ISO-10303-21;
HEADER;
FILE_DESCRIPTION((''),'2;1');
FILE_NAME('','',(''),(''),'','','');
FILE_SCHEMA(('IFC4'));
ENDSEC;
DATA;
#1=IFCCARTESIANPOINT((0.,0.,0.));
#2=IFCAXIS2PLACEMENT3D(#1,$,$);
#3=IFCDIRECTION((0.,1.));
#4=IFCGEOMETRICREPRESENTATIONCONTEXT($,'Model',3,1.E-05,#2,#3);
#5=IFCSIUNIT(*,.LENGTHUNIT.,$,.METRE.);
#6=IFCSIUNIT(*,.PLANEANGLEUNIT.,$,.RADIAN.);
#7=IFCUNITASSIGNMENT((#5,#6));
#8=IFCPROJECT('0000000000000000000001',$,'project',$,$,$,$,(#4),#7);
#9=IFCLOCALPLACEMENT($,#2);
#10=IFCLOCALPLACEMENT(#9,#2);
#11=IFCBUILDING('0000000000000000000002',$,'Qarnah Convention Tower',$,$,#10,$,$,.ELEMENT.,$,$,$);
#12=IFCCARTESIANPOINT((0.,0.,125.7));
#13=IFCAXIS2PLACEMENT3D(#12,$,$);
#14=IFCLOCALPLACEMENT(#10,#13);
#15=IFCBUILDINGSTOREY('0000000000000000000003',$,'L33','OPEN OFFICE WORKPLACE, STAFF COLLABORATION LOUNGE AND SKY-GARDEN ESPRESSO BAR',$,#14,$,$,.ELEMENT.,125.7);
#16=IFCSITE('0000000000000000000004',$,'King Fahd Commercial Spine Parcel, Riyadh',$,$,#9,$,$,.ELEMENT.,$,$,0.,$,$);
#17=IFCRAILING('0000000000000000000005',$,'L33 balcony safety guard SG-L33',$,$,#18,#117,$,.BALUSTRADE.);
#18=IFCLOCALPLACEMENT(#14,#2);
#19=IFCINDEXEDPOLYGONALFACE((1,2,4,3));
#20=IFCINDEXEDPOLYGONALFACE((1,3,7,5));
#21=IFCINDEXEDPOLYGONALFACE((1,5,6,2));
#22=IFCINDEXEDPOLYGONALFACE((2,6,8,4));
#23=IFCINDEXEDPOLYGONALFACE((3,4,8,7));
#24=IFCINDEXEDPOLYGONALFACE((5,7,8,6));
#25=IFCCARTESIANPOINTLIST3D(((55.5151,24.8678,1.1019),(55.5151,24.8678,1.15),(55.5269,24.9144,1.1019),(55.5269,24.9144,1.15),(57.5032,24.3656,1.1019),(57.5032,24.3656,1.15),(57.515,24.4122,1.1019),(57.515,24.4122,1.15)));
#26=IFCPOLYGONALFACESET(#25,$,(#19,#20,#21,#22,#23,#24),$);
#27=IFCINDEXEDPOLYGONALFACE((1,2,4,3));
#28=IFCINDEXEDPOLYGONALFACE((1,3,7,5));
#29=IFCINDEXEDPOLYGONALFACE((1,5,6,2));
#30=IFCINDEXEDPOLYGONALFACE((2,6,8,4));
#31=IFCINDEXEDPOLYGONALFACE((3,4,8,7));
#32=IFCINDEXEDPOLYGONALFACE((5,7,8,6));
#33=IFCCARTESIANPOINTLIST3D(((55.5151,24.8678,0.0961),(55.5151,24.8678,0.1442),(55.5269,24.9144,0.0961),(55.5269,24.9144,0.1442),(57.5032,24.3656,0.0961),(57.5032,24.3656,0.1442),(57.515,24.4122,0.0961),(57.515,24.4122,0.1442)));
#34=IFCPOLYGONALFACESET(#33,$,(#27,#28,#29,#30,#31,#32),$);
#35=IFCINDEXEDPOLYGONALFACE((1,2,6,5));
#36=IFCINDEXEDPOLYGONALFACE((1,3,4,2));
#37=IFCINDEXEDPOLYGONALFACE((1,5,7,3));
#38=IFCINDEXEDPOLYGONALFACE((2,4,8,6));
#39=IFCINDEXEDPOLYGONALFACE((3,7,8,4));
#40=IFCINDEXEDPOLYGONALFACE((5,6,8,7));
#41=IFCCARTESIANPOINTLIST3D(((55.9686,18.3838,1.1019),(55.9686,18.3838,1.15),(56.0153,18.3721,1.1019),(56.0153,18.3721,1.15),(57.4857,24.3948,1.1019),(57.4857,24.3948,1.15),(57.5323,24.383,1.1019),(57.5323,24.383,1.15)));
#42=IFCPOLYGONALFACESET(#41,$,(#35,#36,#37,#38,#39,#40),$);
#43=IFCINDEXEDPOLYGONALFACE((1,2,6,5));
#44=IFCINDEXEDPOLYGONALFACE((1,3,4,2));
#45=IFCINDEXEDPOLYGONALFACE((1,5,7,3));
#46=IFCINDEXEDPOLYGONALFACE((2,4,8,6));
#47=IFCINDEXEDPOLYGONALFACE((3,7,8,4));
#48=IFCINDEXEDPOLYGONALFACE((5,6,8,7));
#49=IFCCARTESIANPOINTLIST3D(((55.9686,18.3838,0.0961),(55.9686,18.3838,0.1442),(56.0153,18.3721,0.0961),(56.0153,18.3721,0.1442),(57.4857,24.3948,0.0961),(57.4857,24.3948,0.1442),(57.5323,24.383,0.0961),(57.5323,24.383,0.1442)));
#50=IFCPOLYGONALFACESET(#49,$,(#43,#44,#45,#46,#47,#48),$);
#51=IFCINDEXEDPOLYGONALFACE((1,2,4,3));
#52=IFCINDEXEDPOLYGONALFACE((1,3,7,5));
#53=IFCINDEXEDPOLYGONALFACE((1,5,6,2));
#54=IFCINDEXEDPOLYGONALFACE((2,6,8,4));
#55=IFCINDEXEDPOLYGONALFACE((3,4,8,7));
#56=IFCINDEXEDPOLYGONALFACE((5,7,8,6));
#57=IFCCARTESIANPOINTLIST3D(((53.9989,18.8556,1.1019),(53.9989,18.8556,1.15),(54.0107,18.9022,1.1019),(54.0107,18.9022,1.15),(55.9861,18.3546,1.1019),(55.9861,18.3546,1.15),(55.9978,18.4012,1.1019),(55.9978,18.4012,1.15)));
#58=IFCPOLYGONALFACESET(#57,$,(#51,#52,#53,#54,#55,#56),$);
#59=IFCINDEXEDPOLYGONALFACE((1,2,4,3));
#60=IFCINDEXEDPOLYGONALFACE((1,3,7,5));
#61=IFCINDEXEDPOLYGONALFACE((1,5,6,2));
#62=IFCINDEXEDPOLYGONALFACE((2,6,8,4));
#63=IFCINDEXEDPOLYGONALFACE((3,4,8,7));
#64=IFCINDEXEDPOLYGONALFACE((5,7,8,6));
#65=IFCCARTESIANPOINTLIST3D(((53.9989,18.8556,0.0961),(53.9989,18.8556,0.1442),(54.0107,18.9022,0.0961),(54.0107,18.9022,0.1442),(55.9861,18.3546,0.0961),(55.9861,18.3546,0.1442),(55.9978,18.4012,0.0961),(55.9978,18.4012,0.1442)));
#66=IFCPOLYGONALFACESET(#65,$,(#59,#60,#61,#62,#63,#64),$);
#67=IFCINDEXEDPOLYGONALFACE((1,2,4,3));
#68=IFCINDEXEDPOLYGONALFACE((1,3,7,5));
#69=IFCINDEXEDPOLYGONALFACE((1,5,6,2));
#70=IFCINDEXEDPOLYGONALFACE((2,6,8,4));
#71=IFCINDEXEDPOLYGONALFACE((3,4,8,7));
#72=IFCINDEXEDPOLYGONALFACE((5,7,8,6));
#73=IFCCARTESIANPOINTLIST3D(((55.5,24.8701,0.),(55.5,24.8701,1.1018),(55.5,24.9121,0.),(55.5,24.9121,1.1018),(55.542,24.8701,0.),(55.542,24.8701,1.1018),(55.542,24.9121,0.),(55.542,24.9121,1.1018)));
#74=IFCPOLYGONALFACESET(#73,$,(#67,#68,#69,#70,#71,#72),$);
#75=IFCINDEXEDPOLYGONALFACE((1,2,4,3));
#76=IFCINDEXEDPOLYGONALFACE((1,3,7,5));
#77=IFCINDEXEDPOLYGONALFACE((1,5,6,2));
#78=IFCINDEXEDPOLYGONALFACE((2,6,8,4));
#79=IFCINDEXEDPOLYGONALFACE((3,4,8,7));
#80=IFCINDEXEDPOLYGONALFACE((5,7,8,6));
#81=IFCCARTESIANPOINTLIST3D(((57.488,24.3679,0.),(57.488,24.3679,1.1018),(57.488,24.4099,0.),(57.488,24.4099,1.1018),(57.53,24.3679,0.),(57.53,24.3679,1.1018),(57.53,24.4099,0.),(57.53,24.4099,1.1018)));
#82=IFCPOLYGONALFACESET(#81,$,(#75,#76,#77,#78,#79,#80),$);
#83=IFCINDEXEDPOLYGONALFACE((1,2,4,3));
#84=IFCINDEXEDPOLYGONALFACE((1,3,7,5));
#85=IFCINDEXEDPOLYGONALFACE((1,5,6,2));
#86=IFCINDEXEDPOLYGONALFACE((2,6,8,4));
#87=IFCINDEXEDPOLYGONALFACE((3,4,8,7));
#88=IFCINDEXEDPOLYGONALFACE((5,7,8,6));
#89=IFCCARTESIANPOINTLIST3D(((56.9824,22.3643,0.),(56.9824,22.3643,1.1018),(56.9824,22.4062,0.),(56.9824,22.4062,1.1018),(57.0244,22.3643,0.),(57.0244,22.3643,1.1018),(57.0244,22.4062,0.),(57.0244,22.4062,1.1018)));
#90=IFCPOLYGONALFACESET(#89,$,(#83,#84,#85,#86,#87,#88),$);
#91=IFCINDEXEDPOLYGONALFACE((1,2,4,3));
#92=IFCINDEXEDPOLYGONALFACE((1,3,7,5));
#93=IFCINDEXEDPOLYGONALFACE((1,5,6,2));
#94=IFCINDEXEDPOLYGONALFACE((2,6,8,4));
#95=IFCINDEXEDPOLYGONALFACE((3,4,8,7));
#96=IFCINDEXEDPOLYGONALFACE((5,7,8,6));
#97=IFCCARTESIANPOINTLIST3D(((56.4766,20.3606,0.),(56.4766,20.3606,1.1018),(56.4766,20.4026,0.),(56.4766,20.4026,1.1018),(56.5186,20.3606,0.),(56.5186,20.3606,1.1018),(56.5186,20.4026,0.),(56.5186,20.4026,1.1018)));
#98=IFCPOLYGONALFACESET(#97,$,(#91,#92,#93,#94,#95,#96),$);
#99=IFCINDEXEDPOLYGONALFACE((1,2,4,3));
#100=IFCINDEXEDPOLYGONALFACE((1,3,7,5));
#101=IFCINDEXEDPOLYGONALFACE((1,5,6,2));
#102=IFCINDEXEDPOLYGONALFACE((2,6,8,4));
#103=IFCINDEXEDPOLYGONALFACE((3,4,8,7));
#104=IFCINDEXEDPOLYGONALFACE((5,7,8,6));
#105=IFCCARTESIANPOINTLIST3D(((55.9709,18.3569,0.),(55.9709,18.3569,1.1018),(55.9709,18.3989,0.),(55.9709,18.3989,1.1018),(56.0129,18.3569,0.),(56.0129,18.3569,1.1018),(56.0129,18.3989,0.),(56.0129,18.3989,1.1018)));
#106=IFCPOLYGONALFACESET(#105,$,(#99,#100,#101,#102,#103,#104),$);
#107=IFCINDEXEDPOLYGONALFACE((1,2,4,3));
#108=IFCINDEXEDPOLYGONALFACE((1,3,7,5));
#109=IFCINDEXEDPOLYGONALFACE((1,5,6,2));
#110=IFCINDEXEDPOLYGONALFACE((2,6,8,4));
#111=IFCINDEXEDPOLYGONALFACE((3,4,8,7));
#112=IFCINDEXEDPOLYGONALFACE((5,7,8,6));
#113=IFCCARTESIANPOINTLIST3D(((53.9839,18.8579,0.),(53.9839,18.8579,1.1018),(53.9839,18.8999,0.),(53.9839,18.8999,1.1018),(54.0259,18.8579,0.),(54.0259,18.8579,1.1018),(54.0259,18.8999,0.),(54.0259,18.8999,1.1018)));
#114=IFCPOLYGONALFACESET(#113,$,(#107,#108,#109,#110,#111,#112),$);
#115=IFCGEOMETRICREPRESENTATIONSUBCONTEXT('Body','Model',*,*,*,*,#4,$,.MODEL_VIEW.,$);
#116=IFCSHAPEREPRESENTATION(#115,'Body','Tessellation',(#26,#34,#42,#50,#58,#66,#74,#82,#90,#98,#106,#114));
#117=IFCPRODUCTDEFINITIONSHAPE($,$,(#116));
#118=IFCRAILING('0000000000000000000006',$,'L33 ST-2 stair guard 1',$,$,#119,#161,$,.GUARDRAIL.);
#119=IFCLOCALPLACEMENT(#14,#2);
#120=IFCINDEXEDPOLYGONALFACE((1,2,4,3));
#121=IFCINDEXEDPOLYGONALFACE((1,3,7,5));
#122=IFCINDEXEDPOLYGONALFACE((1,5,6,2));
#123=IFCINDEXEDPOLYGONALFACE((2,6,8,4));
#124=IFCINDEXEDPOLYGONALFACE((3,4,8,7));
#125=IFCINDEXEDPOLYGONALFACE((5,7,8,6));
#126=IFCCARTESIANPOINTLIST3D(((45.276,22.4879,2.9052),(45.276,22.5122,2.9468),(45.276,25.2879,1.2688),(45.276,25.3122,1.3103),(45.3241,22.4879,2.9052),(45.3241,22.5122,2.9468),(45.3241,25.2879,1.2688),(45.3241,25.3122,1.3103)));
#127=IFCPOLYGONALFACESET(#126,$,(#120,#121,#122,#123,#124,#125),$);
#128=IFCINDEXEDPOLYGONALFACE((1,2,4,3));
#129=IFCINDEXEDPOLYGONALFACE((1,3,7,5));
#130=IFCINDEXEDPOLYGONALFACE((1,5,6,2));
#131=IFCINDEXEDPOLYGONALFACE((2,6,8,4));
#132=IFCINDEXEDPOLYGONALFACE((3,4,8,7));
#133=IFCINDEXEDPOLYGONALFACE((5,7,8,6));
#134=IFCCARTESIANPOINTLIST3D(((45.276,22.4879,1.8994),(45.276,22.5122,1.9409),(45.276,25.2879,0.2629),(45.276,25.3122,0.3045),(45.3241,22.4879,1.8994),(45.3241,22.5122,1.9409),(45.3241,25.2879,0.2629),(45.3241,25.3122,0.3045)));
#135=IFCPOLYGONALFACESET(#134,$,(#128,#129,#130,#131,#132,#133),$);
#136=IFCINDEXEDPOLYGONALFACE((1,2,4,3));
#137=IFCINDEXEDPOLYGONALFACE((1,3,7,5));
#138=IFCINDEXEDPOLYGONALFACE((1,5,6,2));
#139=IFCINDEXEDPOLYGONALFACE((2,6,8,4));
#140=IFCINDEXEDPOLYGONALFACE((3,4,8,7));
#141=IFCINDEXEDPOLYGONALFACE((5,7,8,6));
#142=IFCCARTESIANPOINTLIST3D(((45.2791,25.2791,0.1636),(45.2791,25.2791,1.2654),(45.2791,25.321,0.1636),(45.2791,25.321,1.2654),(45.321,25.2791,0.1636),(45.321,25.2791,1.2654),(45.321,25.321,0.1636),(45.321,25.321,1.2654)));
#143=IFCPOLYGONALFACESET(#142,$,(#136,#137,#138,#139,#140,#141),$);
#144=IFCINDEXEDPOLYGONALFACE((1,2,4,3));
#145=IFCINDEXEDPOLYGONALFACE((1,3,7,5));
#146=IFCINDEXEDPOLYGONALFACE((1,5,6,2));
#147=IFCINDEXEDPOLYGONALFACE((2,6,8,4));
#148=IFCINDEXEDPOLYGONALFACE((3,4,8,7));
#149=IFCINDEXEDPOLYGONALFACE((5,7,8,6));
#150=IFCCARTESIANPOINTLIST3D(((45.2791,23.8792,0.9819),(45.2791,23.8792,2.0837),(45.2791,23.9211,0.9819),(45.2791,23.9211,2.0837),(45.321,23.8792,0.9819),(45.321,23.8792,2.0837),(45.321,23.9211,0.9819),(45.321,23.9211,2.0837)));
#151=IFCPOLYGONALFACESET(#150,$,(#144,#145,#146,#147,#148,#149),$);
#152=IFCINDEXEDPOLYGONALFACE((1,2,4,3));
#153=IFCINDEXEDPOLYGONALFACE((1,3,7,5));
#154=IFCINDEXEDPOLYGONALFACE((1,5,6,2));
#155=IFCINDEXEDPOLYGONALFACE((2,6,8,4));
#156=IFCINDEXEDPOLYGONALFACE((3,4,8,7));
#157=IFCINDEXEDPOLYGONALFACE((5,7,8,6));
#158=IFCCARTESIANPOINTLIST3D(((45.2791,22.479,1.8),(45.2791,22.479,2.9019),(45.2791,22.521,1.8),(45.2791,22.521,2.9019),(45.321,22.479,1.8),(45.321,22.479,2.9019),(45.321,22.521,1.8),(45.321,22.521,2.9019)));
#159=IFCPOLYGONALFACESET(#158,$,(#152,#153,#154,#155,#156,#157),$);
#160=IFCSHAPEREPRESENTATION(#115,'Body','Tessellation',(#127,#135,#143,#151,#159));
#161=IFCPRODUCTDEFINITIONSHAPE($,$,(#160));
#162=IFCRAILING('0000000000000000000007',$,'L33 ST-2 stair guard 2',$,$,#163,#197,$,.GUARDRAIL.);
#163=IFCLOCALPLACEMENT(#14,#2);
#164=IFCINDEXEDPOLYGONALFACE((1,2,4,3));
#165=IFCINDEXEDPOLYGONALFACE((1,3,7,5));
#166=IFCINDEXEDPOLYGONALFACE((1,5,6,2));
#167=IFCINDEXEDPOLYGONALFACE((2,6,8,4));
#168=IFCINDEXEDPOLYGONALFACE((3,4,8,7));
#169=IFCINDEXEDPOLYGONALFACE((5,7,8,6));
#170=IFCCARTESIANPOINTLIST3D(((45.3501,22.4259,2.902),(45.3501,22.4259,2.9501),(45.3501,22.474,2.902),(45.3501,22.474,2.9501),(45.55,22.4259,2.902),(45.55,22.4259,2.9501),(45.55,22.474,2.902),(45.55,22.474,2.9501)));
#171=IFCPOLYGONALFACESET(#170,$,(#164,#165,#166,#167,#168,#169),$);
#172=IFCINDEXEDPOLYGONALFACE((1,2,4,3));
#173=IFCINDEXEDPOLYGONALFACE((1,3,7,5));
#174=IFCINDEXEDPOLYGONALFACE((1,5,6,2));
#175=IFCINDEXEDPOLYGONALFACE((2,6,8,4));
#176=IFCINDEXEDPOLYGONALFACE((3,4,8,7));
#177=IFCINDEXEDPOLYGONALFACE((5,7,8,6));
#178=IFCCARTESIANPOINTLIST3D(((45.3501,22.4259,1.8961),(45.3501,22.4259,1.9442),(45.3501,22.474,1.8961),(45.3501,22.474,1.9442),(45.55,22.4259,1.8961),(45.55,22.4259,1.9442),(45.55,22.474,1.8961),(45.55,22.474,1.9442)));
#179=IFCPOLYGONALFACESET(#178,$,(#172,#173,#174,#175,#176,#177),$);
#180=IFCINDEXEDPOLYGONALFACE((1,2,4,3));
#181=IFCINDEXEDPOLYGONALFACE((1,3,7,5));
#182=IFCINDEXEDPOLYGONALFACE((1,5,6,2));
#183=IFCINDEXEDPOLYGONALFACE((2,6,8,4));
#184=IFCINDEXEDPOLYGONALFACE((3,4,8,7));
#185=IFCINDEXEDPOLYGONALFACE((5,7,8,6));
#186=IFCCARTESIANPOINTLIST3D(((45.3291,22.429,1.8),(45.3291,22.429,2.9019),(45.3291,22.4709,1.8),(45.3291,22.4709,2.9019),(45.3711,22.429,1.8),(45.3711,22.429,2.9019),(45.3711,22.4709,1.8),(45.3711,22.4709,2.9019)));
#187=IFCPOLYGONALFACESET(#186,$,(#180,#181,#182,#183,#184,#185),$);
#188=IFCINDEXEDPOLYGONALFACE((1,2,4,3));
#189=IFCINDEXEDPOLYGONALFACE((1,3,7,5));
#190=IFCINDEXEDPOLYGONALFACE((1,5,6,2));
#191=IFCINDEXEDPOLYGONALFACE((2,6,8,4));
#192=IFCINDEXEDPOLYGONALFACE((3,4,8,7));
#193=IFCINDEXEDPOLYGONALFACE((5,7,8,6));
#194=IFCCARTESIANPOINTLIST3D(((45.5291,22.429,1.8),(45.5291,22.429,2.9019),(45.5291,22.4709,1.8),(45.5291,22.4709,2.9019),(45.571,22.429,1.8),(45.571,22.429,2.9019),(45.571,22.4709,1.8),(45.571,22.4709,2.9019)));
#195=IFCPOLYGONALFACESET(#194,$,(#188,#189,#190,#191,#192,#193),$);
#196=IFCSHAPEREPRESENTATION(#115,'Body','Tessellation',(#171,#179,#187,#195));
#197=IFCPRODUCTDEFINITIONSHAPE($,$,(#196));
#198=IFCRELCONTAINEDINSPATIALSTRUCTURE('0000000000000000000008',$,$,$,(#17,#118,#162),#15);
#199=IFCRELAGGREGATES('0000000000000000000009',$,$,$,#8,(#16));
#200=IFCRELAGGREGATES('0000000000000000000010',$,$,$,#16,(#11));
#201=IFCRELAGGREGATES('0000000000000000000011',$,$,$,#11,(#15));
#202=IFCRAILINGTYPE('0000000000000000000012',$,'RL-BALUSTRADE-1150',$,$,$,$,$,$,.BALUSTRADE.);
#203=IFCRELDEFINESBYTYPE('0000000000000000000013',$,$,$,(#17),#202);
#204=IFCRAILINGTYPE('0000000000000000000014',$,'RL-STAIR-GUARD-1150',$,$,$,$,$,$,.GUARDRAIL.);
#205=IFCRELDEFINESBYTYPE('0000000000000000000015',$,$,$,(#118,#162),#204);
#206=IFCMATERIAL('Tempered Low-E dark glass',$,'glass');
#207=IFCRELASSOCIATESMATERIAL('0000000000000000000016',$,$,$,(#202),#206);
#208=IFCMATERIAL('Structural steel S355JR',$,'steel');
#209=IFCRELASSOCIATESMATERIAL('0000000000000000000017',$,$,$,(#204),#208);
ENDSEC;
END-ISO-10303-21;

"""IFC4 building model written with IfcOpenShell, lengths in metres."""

from ifc_helpers import new_model, si_unit, direction, frame, origin, origin_2d, place, context, subcontext, project, spatial, rectangle, extrude, material, type_object, element, save


model = new_model("IFC4")

# Units and contexts
model_context = context("Model", 3, precision=1e-05, world=origin(), true_north=direction((0.0, 1.0)))
body_context = subcontext(model_context, "Body", "Model", "MODEL_VIEW")
ifc_project = project(units=[si_unit("LENGTHUNIT", "METRE"), si_unit("PLANEANGLEUNIT", "RADIAN")], contexts=[model_context])

# Site, building, storey
site_placement = place(None, origin())
site = spatial("IfcSite", under=ifc_project, at=site_placement, Name="King Fahd Commercial Spine Parcel, Riyadh", CompositionType="ELEMENT", RefElevation=0.0)
building_placement = place(site_placement, origin())
building = spatial("IfcBuilding", under=site, at=building_placement, Name="Qarnah Convention Tower", CompositionType="ELEMENT")
storey_placement = place(building_placement, frame((0.0, 0.0, 125.7)))
storey = spatial("IfcBuildingStorey", under=building, at=storey_placement, Name="L33", Description="OPEN OFFICE WORKPLACE, STAFF COLLABORATION LOUNGE AND SKY-GARDEN ESPRESSO BAR", CompositionType="ELEMENT", Elevation=125.7)

# Shared definitions
ifc_material_1 = material(Name="Structural steel S355JR", Category="steel")

# Shared definitions
ifc_material_2 = material(Name="Tempered Low-E dark glass", Category="glass")

# Railings
railing_type_1 = type_object("IfcRailingType", Name="RL-BALUSTRADE-1150", PredefinedType="BALUSTRADE", material=ifc_material_2)
railing_1_placement = place(storey_placement, frame((55.521, 24.8911, 0.0)))
element("IfcRailing", 1, at=railing_1_placement, inside=storey, type_object=railing_type_1, Name="L33 balcony safety guard SG-L33", PredefinedType="BALUSTRADE", context=body_context, shape_type="SweptSolid", body=[
    extrude(rectangle(XDim=0.0481, YDim=0.0481, at=origin_2d()), frame((0.0, 0.0, 1.126), z_axis=(0.969544, -0.244916, 0.0), x_axis=(0.244916, 0.969544, 0.0)), (0.0, 0.0, 1.0), 2.0505),
    extrude(rectangle(XDim=0.0481, YDim=0.0481, at=origin_2d()), frame((0.0, 0.0, 0.1201), z_axis=(0.969544, -0.244916, 0.0), x_axis=(0.244916, 0.969544, 0.0)), (0.0, 0.0, 1.0), 2.0505),
    extrude(rectangle(XDim=0.0481, YDim=0.0481, at=origin_2d()), frame((1.988, -0.5022, 1.126), z_axis=(-0.244713, -0.969596, 0.0), x_axis=(0.969596, -0.244713, 0.0)), (0.0, 0.0, 1.0), 6.1995),
    extrude(rectangle(XDim=0.0481, YDim=0.0481, at=origin_2d()), frame((1.988, -0.5022, 0.1201), z_axis=(-0.244713, -0.969596, 0.0), x_axis=(0.969596, -0.244713, 0.0)), (0.0, 0.0, 1.0), 6.1995),
    extrude(rectangle(XDim=0.0481, YDim=0.0481, at=origin_2d()), frame((0.4709, -6.5132, 1.126), z_axis=(-0.969657, 0.244469, 0.0), x_axis=(-0.244469, -0.969657, 0.0)), (0.0, 0.0, 1.0), 2.0493),
    extrude(rectangle(XDim=0.0481, YDim=0.0481, at=origin_2d()), frame((0.4709, -6.5132, 0.1201), z_axis=(-0.969657, 0.244469, 0.0), x_axis=(-0.244469, -0.969657, 0.0)), (0.0, 0.0, 1.0), 2.0493),
    extrude(rectangle(XDim=0.042, YDim=0.042, at=origin_2d()), origin(), (0.0, 0.0, 1.0), 1.1018),
    extrude(rectangle(XDim=0.042, YDim=0.042, at=origin_2d()), frame((1.988, -0.5022, 0.0)), (0.0, 0.0, 1.0), 1.1018),
    extrude(rectangle(XDim=0.042, YDim=0.042, at=origin_2d()), frame((1.4824, -2.5059, 0.0)), (0.0, 0.0, 1.0), 1.1018),
    extrude(rectangle(XDim=0.042, YDim=0.042, at=origin_2d()), frame((0.9766, -4.5095, 0.0)), (0.0, 0.0, 1.0), 1.1018),
    extrude(rectangle(XDim=0.042, YDim=0.042, at=origin_2d()), frame((0.4709, -6.5132, 0.0)), (0.0, 0.0, 1.0), 1.1018),
    extrude(rectangle(XDim=0.042, YDim=0.042, at=origin_2d()), frame((-1.5161, -6.0122, 0.0)), (0.0, 0.0, 1.0), 1.1018),
])
railing_type_2 = type_object("IfcRailingType", Name="RL-STAIR-GUARD-1150", PredefinedType="GUARDRAIL", material=ifc_material_1)
railing_2_placement = place(storey_placement, frame((45.3, 25.3, 0.1636)))
element("IfcRailing", 2, at=railing_2_placement, inside=storey, type_object=railing_type_2, Name="L33 ST-2 stair guard 1", PredefinedType="GUARDRAIL", context=body_context, shape_type="SweptSolid", body=[
    extrude(rectangle(XDim=0.0481, YDim=0.0481, at=origin_2d()), frame((0.0, 0.0, 1.126), z_axis=(0.0, -0.863361, 0.504587), x_axis=(1.0, 0.0, 0.0)), (0.0, 0.0, 1.0), 3.2432),
    extrude(rectangle(XDim=0.0481, YDim=0.0481, at=origin_2d()), frame((0.0, 0.0, 0.1201), z_axis=(0.0, -0.863361, 0.504587), x_axis=(1.0, 0.0, 0.0)), (0.0, 0.0, 1.0), 3.2432),
    extrude(rectangle(XDim=0.042, YDim=0.042, at=origin_2d()), origin(), (0.0, 0.0, 1.0), 1.1018),
    extrude(rectangle(XDim=0.042, YDim=0.042, at=origin_2d()), frame((0.0, -1.3999, 0.8184)), (0.0, 0.0, 1.0), 1.1018),
    extrude(rectangle(XDim=0.042, YDim=0.042, at=origin_2d()), frame((0.0, -2.8, 1.6365)), (0.0, 0.0, 1.0), 1.1018),
])
railing_3_placement = place(storey_placement, frame((45.3501, 22.45, 1.8)))
element("IfcRailing", 3, at=railing_3_placement, inside=storey, type_object=railing_type_2, Name="L33 ST-2 stair guard 2", PredefinedType="GUARDRAIL", context=body_context, shape_type="SweptSolid", body=[
    extrude(rectangle(XDim=0.0481, YDim=0.0481, at=origin_2d()), frame((0.0, 0.0, 1.126), z_axis=(1.0, 0.0, 0.0), x_axis=(0.0, 1.0, 0.0)), (0.0, 0.0, 1.0), 0.2),
    extrude(rectangle(XDim=0.0481, YDim=0.0481, at=origin_2d()), frame((0.0, 0.0, 0.1201), z_axis=(1.0, 0.0, 0.0), x_axis=(0.0, 1.0, 0.0)), (0.0, 0.0, 1.0), 0.2),
    extrude(rectangle(XDim=0.042, YDim=0.042, at=origin_2d()), origin(), (0.0, 0.0, 1.0), 1.1018),
    extrude(rectangle(XDim=0.042, YDim=0.042, at=origin_2d()), frame((0.2, 0.0, 0.0)), (0.0, 0.0, 1.0), 1.1018),
])

save(model, "model.ifc")
